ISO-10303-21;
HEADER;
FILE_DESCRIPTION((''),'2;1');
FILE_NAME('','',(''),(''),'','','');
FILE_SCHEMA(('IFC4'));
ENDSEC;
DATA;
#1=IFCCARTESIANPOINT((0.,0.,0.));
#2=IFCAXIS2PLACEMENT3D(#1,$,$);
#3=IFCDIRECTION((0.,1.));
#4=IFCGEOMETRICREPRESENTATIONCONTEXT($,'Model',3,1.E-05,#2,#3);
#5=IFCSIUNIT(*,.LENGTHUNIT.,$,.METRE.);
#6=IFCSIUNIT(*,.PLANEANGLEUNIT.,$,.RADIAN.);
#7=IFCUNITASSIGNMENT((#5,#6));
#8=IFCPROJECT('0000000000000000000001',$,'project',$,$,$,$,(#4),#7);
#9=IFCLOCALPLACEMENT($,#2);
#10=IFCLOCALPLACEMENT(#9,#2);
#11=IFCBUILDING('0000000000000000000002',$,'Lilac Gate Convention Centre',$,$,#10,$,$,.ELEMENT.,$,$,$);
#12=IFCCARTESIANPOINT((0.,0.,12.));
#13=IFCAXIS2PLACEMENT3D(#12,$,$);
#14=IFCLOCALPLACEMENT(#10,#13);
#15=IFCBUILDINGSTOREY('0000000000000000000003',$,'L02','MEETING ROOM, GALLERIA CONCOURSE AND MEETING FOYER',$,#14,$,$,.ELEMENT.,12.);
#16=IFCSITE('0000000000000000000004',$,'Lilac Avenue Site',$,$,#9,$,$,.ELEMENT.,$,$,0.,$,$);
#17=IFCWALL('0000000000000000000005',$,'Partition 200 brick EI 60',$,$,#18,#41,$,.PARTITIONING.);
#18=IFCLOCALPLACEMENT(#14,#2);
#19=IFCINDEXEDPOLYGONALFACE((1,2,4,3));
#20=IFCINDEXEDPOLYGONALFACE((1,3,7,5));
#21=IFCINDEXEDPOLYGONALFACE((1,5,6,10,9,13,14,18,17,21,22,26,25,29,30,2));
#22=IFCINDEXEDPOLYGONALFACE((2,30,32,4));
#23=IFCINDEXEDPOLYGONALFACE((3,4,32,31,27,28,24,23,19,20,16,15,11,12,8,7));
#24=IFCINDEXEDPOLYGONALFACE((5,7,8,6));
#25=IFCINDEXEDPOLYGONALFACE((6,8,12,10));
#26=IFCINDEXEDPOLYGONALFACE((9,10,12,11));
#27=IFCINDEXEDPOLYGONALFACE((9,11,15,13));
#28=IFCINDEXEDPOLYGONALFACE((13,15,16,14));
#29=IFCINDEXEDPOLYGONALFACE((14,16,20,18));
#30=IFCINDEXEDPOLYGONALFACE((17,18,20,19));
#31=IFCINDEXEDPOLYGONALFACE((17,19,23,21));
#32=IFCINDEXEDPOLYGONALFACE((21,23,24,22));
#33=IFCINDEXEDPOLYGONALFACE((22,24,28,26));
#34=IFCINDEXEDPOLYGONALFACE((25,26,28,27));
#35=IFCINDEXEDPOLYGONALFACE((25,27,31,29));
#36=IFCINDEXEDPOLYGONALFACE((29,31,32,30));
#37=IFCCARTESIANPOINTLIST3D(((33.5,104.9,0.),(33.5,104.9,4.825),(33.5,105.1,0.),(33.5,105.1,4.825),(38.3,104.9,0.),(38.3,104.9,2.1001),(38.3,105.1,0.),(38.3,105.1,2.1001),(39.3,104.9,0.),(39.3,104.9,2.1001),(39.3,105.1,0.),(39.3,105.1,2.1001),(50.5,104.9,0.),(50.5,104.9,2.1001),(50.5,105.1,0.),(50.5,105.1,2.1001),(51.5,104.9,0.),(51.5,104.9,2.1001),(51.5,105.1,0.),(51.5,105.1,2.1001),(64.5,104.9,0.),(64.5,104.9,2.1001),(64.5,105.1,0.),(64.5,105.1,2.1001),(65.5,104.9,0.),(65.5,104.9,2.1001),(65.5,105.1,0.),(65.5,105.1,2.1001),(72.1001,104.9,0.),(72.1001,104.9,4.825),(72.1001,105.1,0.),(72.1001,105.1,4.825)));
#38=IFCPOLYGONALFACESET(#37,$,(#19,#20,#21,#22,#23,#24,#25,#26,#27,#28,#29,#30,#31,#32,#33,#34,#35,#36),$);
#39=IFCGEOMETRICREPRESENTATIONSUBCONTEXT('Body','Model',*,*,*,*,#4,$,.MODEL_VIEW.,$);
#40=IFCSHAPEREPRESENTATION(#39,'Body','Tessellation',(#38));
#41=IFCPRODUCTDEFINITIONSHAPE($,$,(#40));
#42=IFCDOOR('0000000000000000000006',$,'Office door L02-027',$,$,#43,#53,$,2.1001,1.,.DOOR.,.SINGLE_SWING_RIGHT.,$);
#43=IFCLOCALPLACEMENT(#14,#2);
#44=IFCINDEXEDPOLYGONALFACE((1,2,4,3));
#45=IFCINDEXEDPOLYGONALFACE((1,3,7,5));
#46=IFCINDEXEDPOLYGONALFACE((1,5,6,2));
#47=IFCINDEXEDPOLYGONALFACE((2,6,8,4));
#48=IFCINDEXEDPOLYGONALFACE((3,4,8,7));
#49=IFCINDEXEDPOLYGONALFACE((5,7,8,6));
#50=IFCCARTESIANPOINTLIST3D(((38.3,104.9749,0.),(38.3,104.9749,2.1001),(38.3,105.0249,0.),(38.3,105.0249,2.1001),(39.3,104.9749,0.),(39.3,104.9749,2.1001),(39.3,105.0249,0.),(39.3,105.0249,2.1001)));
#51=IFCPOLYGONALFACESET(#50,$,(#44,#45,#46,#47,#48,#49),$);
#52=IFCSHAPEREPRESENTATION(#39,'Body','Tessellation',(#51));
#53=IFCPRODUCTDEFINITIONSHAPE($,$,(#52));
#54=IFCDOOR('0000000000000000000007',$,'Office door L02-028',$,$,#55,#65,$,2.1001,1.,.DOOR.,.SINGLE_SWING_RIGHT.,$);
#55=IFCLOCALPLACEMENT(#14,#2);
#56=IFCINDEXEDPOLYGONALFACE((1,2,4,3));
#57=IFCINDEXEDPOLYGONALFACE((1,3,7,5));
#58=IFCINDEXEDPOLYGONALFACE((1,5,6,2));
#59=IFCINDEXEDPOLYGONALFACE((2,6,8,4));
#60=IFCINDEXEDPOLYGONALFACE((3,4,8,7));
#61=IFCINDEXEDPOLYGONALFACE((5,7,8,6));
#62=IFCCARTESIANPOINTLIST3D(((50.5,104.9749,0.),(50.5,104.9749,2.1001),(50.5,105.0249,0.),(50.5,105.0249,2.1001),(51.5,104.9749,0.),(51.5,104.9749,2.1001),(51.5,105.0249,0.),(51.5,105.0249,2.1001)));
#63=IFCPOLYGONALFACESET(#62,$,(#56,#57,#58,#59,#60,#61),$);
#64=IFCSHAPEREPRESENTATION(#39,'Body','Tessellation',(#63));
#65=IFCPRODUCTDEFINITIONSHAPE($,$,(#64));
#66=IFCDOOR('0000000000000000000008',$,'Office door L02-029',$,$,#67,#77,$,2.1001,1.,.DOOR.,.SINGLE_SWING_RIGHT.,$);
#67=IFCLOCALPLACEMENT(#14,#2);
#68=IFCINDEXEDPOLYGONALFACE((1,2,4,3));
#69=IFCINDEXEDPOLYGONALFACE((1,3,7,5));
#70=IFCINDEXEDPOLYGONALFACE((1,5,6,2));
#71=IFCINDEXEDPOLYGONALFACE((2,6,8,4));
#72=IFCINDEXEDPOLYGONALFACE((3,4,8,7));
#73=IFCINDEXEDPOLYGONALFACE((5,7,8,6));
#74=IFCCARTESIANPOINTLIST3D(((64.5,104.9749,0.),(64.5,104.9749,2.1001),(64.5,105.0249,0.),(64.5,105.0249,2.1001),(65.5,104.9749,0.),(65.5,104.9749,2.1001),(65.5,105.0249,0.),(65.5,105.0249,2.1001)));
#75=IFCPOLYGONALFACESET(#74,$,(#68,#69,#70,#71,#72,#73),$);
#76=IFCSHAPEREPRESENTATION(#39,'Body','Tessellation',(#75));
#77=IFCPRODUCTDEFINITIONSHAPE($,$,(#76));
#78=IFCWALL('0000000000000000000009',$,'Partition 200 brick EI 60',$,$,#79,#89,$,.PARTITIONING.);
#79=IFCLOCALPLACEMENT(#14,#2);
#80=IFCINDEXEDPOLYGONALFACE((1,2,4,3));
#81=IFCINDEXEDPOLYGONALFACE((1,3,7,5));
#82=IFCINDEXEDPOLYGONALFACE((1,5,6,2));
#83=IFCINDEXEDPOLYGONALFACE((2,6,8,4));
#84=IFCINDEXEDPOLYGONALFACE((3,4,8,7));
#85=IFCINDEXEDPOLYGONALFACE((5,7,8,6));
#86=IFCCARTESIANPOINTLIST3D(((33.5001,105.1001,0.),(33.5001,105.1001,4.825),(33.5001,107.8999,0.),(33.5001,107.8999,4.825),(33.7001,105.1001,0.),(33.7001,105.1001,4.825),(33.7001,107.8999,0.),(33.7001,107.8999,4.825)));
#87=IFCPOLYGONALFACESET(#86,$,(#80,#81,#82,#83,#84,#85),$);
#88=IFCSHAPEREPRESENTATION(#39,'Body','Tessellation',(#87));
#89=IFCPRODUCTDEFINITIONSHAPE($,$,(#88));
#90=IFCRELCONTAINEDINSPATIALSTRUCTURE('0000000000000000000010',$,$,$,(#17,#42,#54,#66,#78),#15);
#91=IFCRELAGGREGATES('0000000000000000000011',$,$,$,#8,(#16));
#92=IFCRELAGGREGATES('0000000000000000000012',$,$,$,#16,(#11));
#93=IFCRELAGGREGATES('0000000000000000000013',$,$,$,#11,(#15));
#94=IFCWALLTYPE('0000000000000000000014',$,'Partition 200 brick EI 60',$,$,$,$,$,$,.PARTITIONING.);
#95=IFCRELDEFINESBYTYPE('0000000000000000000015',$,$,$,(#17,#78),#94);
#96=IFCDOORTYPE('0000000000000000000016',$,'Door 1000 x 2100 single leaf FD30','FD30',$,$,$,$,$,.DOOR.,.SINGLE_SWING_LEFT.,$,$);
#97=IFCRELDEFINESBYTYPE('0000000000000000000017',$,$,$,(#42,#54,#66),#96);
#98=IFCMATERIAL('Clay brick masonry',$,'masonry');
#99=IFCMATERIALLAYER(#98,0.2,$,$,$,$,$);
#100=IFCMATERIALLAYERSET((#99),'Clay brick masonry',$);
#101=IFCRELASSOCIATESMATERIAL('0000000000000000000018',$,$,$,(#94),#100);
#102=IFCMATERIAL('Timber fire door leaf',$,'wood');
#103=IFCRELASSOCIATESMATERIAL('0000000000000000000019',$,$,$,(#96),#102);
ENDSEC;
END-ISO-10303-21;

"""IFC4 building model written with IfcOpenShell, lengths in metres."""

from ifc_helpers import new_model, si_unit, direction, frame, frame_2d, origin, place, context, subcontext, project, spatial, rectangle, extrude, material, layer, layer_set, type_object, element, fill, save


model = new_model("IFC4")

# Units and contexts
model_context = context("Model", 3, precision=1e-05, world=origin(), true_north=direction((0.0, 1.0)))
body_context = subcontext(model_context, "Body", "Model", "MODEL_VIEW")
ifc_project = project(units=[si_unit("LENGTHUNIT", "METRE"), si_unit("PLANEANGLEUNIT", "RADIAN")], contexts=[model_context])

# Site, building, storey
site_placement = place(None, origin())
site = spatial("IfcSite", under=ifc_project, at=site_placement, Name="Lilac Avenue Site", CompositionType="ELEMENT", RefElevation=0.0)
building_placement = place(site_placement, origin())
building = spatial("IfcBuilding", under=site, at=building_placement, Name="Lilac Gate Convention Centre", CompositionType="ELEMENT")
storey_placement = place(building_placement, frame((0.0, 0.0, 12.0)))
storey = spatial("IfcBuildingStorey", under=building, at=storey_placement, Name="L02", Description="MEETING ROOM, GALLERIA CONCOURSE AND MEETING FOYER", CompositionType="ELEMENT", Elevation=12.0)

# Shared definitions
ifc_material_1 = material(Name="Clay brick masonry", Category="masonry")
ifc_layer_1 = layer(ifc_material_1, 0.2)
ifc_layer_set_1 = layer_set([ifc_layer_1], Name="Clay brick masonry")
wall_type_1 = type_object("IfcWallType", Name="Partition 200 brick EI 60", PredefinedType="PARTITIONING", material=ifc_layer_set_1)

# Wall, openings, doors
wall_1_placement = place(storey_placement, frame((33.5, 105.0, 0.0), z_axis=(0.0, 0.0, 1.0), x_axis=(1.0, 0.0, 0.0)))
wall_1 = element("IfcWall", 1, at=wall_1_placement, inside=storey, type_object=wall_type_1, Name="Partition 200 brick EI 60", PredefinedType="PARTITIONING", context=body_context, shape_type="SweptSolid", body=[
    extrude(rectangle(XDim=38.6001, YDim=0.2, at=frame_2d((19.3, 0.0))), origin(), (0.0, 0.0, 1.0), 4.825),
])
opening_1_placement = place(wall_1_placement, frame((4.8, 0.0, 0.0)))
opening_1 = element("IfcOpeningElement", 2, at=opening_1_placement, cuts=wall_1, PredefinedType="OPENING", context=body_context, shape_type="SweptSolid", body=[
    extrude(rectangle(XDim=1.0, YDim=2.1001, at=frame_2d((0.5, 1.05))), frame((0.0, 0.1099, 0.0), z_axis=(0.0, -1.0, 0.0), x_axis=(1.0, 0.0, 0.0)), (0.0, 0.0, 1.0), 0.22),
])
opening_2_placement = place(wall_1_placement, frame((17.0, 0.0, 0.0)))
opening_2 = element("IfcOpeningElement", 3, at=opening_2_placement, cuts=wall_1, PredefinedType="OPENING", context=body_context, shape_type="SweptSolid", body=[
    extrude(rectangle(XDim=1.0, YDim=2.1001, at=frame_2d((0.5, 1.05))), frame((0.0, 0.1099, 0.0), z_axis=(0.0, -1.0, 0.0), x_axis=(1.0, 0.0, 0.0)), (0.0, 0.0, 1.0), 0.22),
])
opening_3_placement = place(wall_1_placement, frame((31.0, 0.0, 0.0)))
opening_3 = element("IfcOpeningElement", 4, at=opening_3_placement, cuts=wall_1, PredefinedType="OPENING", context=body_context, shape_type="SweptSolid", body=[
    extrude(rectangle(XDim=1.0, YDim=2.1001, at=frame_2d((0.5, 1.05))), frame((0.0, 0.1099, 0.0), z_axis=(0.0, -1.0, 0.0), x_axis=(1.0, 0.0, 0.0)), (0.0, 0.0, 1.0), 0.22),
])
ifc_material_2 = material(Name="Timber fire door leaf", Category="wood")
door_type_1 = type_object("IfcDoorType", Name="Door 1000 x 2100 single leaf FD30", Description="FD30", OperationType="SINGLE_SWING_LEFT", PredefinedType="DOOR", material=ifc_material_2)
door_1_placement = place(opening_1_placement, origin())
door_1 = element("IfcDoor", 5, at=door_1_placement, inside=storey, type_object=door_type_1, Name="Office door L02-027", OperationType="SINGLE_SWING_RIGHT", OverallHeight=2.1001, OverallWidth=1.0, PredefinedType="DOOR", context=body_context, shape_type="SweptSolid", body=[
    extrude(rectangle(XDim=1.0, YDim=2.1001, at=frame_2d((0.5, 1.05))), frame((0.0, 0.0249, 0.0), z_axis=(0.0, -1.0, 0.0), x_axis=(1.0, 0.0, 0.0)), (0.0, 0.0, 1.0), 0.05),
])
fill(opening_1, door_1)
door_2_placement = place(opening_2_placement, origin())
door_2 = element("IfcDoor", 6, at=door_2_placement, inside=storey, type_object=door_type_1, Name="Office door L02-028", OperationType="SINGLE_SWING_RIGHT", OverallHeight=2.1001, OverallWidth=1.0, PredefinedType="DOOR", context=body_context, shape_type="SweptSolid", body=[
    extrude(rectangle(XDim=1.0, YDim=2.1001, at=frame_2d((0.5, 1.05))), frame((0.0, 0.0249, 0.0), z_axis=(0.0, -1.0, 0.0), x_axis=(1.0, 0.0, 0.0)), (0.0, 0.0, 1.0), 0.05),
])
fill(opening_2, door_2)
door_3_placement = place(opening_3_placement, origin())
door_3 = element("IfcDoor", 7, at=door_3_placement, inside=storey, type_object=door_type_1, Name="Office door L02-029", OperationType="SINGLE_SWING_RIGHT", OverallHeight=2.1001, OverallWidth=1.0, PredefinedType="DOOR", context=body_context, shape_type="SweptSolid", body=[
    extrude(rectangle(XDim=1.0, YDim=2.1001, at=frame_2d((0.5, 1.05))), frame((0.0, 0.0249, 0.0), z_axis=(0.0, -1.0, 0.0), x_axis=(1.0, 0.0, 0.0)), (0.0, 0.0, 1.0), 0.05),
])
fill(opening_3, door_3)

# Wall
wall_2_placement = place(storey_placement, frame((33.6001, 105.1001, 0.0), z_axis=(0.0, 0.0, 1.0), x_axis=(0.0, 1.0, 0.0)))
element("IfcWall", 8, at=wall_2_placement, inside=storey, type_object=wall_type_1, Name="Partition 200 brick EI 60", PredefinedType="PARTITIONING", context=body_context, shape_type="SweptSolid", body=[
    extrude(rectangle(XDim=2.7998, YDim=0.2, at=frame_2d((1.3999, 0.0))), origin(), (0.0, 0.0, 1.0), 4.825),
])

save(model, "model.ifc")
